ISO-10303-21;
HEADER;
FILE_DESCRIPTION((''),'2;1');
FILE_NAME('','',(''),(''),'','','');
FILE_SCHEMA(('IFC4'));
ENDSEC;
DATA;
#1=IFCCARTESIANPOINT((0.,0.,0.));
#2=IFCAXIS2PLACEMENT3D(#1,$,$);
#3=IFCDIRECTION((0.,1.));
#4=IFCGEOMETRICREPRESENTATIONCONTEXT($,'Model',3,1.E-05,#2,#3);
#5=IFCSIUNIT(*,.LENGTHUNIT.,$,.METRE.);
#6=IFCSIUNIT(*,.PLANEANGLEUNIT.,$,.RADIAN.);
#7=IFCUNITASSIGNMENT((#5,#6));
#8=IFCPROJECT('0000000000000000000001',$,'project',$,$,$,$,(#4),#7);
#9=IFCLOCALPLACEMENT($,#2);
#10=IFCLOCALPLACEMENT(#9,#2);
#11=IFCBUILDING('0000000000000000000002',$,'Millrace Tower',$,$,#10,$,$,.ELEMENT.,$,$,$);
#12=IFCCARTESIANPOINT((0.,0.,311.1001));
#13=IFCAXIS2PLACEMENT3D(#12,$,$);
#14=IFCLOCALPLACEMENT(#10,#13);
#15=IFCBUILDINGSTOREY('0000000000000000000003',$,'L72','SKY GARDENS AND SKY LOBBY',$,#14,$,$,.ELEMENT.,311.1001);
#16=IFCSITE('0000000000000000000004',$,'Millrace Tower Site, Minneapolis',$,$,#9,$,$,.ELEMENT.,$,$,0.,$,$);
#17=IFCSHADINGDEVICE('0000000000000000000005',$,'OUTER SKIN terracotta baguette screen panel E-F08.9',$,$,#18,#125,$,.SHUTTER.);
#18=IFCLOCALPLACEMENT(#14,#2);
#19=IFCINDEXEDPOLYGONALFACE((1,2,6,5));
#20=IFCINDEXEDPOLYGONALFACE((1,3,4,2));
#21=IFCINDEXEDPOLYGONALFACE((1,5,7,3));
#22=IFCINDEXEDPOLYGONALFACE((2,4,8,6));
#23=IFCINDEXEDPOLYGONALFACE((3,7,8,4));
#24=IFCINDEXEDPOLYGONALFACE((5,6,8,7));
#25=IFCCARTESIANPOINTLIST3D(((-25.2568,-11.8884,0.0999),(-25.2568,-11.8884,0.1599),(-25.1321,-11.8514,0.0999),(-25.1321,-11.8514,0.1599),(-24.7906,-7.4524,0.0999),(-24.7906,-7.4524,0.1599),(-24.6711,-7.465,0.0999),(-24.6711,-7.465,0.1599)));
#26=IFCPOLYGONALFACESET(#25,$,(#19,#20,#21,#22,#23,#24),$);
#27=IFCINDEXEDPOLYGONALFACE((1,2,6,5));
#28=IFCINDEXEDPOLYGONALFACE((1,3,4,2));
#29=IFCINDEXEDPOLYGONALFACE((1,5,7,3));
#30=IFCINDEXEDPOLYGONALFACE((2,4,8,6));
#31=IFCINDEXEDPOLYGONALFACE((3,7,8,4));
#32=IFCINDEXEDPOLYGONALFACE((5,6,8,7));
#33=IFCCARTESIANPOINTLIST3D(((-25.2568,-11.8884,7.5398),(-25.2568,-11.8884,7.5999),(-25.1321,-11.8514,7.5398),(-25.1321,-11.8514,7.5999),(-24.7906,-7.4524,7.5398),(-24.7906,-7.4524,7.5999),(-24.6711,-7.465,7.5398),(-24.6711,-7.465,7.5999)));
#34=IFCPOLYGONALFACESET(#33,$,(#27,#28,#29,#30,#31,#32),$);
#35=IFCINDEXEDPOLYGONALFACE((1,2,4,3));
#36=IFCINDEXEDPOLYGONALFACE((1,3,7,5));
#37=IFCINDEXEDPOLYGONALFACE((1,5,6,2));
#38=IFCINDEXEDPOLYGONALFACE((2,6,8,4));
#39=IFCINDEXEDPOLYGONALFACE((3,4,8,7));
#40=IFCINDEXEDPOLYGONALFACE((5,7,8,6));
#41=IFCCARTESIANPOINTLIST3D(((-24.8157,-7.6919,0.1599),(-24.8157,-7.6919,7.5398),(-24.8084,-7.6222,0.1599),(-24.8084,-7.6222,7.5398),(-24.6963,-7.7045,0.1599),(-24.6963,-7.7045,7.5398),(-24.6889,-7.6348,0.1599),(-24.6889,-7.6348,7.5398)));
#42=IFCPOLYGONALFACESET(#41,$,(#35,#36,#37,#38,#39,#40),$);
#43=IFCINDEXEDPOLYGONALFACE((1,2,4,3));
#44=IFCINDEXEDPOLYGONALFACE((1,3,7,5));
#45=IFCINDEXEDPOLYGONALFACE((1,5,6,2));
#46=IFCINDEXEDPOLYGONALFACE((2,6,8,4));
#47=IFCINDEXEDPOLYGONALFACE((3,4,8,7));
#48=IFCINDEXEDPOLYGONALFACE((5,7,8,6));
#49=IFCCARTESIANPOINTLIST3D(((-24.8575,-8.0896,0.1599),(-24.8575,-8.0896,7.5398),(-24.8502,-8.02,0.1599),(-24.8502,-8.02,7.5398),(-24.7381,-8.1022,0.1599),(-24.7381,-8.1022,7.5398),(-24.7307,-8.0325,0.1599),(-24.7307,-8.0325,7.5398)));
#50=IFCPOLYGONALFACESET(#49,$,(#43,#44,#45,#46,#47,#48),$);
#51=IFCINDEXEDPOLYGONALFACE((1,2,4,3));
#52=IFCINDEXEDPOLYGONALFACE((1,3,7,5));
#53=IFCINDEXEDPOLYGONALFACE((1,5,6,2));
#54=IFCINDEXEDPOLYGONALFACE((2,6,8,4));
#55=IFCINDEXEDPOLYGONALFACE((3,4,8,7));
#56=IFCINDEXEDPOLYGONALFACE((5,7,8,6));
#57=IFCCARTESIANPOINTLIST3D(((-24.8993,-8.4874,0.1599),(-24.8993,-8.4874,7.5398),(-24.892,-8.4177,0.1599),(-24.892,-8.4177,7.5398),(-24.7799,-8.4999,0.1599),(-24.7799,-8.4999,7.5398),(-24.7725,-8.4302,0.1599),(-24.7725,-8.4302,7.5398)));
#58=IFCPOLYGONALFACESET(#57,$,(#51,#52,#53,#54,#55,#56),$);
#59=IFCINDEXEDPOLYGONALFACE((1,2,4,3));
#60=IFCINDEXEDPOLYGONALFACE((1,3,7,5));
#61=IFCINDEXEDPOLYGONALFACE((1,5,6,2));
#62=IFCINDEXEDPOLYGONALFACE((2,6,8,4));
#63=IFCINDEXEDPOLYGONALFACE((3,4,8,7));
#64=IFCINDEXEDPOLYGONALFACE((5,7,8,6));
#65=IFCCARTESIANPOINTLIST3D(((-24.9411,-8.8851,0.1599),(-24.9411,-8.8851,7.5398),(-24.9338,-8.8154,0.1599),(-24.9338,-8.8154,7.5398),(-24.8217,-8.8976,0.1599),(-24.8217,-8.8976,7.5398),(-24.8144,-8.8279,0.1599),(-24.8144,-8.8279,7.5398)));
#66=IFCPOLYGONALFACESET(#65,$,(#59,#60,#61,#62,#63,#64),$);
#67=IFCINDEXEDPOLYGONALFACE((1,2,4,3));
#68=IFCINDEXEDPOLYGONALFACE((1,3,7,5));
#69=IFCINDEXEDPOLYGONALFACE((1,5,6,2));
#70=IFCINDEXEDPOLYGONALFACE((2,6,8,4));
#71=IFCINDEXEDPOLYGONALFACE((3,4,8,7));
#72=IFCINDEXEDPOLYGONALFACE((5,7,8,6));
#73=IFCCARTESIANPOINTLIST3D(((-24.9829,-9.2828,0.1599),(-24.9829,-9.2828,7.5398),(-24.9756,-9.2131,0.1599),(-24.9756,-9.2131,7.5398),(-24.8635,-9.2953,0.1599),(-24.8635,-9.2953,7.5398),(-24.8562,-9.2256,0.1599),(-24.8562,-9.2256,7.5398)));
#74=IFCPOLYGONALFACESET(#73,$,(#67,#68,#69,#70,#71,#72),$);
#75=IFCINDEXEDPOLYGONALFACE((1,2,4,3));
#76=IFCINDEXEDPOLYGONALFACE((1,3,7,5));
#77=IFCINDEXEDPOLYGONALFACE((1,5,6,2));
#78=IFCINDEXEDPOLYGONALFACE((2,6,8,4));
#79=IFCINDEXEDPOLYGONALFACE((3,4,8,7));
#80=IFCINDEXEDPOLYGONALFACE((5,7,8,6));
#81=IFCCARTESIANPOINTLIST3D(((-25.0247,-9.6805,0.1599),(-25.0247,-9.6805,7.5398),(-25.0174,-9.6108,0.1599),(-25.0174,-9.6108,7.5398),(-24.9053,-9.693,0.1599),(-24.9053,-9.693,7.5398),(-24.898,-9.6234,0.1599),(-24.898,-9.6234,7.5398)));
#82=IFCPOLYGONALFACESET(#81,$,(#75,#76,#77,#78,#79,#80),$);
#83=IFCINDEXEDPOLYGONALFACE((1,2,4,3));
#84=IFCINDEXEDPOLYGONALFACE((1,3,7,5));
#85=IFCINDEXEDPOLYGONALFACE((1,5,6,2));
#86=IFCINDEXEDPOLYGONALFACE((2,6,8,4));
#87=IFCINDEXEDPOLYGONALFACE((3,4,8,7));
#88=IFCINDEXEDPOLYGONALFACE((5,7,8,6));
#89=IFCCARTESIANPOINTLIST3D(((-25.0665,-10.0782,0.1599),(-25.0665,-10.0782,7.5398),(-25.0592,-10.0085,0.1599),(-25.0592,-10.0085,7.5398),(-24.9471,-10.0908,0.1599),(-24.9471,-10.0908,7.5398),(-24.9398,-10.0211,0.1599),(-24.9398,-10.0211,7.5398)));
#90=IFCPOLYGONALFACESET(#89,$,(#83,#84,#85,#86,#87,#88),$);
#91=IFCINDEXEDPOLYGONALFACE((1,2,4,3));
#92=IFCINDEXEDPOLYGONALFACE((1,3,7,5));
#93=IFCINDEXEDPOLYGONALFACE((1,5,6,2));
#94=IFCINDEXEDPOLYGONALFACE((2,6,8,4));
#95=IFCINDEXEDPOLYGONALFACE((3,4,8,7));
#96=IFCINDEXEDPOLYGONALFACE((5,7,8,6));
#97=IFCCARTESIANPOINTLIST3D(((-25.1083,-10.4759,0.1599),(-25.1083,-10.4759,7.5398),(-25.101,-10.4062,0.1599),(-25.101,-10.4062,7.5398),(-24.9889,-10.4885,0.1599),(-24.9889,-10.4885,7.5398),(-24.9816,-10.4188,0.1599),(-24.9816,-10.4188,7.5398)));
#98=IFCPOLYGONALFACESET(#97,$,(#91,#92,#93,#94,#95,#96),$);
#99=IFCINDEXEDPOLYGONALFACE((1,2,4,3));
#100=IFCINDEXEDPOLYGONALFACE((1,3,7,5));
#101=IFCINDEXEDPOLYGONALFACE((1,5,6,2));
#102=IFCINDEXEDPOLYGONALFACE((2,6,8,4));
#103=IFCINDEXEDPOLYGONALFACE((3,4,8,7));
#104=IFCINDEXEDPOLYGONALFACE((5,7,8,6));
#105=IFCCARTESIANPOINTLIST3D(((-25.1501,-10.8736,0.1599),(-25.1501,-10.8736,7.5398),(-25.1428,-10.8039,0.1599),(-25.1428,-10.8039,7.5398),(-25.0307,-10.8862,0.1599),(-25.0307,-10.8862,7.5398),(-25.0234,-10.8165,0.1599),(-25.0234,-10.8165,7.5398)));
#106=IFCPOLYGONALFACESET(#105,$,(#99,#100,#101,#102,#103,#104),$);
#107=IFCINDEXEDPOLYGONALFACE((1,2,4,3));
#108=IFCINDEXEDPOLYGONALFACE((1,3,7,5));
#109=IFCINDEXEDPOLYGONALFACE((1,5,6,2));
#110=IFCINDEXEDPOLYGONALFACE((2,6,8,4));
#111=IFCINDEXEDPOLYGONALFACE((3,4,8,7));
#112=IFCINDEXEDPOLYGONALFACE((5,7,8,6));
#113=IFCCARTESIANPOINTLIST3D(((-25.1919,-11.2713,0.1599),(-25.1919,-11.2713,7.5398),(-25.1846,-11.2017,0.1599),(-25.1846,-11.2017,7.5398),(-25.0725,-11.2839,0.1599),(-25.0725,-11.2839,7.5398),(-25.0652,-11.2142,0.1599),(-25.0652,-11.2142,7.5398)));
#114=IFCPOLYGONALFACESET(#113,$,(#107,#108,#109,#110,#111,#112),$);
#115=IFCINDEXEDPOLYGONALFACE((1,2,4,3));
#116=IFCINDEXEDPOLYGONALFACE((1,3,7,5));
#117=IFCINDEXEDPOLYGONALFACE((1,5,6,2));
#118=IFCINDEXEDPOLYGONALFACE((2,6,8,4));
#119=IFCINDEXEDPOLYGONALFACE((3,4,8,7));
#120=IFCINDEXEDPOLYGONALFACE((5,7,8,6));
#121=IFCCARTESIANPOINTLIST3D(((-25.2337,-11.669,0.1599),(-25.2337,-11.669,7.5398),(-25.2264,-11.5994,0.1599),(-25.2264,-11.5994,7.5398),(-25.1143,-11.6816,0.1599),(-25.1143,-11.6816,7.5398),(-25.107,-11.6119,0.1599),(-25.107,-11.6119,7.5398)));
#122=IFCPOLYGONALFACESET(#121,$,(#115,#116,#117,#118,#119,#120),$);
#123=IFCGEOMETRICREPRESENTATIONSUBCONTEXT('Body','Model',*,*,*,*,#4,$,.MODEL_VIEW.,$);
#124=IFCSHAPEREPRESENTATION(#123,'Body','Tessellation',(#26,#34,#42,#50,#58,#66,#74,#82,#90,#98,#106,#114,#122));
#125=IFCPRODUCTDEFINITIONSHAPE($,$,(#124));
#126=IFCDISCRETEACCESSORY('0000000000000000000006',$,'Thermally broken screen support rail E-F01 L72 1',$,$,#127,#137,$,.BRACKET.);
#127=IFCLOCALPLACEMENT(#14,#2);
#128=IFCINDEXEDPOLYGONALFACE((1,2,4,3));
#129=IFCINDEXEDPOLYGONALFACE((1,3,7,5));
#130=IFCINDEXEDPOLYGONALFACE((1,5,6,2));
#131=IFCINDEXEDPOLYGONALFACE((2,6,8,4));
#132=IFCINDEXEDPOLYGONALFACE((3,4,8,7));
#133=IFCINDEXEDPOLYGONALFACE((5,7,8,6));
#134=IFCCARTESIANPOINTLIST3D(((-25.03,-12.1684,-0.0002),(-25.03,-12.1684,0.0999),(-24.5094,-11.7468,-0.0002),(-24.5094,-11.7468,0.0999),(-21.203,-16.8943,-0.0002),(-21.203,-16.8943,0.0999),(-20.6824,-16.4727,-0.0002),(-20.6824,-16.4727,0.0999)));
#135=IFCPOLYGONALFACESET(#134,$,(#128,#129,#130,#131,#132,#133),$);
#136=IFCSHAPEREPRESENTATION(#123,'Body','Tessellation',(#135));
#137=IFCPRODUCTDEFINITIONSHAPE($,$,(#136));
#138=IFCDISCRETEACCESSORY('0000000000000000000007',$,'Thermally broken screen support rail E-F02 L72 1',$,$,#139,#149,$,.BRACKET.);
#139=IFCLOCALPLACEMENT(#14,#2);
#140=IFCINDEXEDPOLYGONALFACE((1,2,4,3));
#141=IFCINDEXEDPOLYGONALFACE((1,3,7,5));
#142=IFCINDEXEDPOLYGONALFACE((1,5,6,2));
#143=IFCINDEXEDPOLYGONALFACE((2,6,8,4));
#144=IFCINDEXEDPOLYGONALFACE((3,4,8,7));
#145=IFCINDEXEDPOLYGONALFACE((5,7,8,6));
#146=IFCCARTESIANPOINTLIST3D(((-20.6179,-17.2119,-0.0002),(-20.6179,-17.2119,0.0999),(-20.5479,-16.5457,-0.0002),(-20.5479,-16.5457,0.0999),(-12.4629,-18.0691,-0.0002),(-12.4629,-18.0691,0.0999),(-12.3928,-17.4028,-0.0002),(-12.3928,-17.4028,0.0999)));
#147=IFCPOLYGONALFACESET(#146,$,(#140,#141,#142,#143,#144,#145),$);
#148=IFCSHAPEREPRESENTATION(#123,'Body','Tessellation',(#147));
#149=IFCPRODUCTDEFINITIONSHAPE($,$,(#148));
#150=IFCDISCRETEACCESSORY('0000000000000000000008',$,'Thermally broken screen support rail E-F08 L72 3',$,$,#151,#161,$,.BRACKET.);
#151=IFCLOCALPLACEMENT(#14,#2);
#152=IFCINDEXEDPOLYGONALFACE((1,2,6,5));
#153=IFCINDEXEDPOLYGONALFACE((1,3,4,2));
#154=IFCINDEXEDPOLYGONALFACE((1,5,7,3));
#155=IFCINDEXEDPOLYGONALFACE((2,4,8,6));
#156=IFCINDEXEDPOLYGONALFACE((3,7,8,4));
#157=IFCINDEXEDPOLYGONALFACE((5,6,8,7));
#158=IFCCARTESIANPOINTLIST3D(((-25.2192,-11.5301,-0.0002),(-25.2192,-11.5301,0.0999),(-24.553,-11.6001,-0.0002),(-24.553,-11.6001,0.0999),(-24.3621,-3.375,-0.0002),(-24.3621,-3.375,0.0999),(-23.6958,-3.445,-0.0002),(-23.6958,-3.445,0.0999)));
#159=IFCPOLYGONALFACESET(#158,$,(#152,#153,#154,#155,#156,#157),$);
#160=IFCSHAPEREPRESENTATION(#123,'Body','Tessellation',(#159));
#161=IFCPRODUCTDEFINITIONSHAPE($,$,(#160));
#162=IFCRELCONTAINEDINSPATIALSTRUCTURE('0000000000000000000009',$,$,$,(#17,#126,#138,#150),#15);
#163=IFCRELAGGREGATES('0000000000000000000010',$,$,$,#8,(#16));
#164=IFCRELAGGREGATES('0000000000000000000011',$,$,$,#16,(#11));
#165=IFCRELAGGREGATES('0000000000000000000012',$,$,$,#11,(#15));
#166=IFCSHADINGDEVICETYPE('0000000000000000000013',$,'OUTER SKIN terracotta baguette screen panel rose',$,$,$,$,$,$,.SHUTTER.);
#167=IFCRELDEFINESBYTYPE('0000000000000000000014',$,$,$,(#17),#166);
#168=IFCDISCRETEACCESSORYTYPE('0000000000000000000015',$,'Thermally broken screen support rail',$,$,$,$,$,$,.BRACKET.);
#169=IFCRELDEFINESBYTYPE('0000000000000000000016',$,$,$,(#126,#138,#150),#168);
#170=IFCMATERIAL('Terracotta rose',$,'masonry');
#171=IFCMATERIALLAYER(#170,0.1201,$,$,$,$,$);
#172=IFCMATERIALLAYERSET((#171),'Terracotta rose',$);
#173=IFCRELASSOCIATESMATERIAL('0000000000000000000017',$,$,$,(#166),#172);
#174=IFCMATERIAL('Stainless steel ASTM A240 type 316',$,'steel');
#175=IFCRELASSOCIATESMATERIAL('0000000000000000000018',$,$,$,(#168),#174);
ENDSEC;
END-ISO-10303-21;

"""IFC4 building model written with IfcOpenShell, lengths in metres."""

from ifc_helpers import new_model, entity, si_unit, direction, frame, frame_2d, origin, origin_2d, place, context, subcontext, project, spatial, rectangle, extrude, source, transform, mapped, material, layer, layer_set, type_object, element, save


model = new_model("IFC4")

# Units and contexts
model_context = context("Model", 3, precision=1e-05, world=origin(), true_north=direction((0.0, 1.0)))
body_context = subcontext(model_context, "Body", "Model", "MODEL_VIEW")
ifc_project = project(units=[si_unit("LENGTHUNIT", "METRE"), si_unit("PLANEANGLEUNIT", "RADIAN")], contexts=[model_context])

# Site, building, storey
site_placement = place(None, origin())
site = spatial("IfcSite", under=ifc_project, at=site_placement, Name="Millrace Tower Site, Minneapolis", CompositionType="ELEMENT", RefElevation=0.0)
building_placement = place(site_placement, origin())
building = spatial("IfcBuilding", under=site, at=building_placement, Name="Millrace Tower", CompositionType="ELEMENT")
storey_placement = place(building_placement, frame((0.0, 0.0, 311.1001)))
storey = spatial("IfcBuildingStorey", under=building, at=storey_placement, Name="L72", Description="SKY GARDENS AND SKY LOBBY", CompositionType="ELEMENT", Elevation=311.1001)

# Shading device
ifc_material_1 = material(Name="Terracotta rose", Category="masonry")
ifc_layer_1 = layer(ifc_material_1, 0.1201)
ifc_layer_set_1 = layer_set([ifc_layer_1], Name="Terracotta rose")
shading_device_type = type_object("IfcShadingDeviceType", Name="OUTER SKIN terracotta baguette screen panel rose", PredefinedType="SHUTTER", material=ifc_layer_set_1)
cartesian_point_1 = entity("IfcCartesianPoint", [-2.2178, 0.0601])
shared_polyline_1 = entity("IfcPolyline", [cartesian_point_1, entity("IfcCartesianPoint", [2.1929, 0.0601]), entity("IfcCartesianPoint", [2.2427, -0.0601]), entity("IfcCartesianPoint", [-2.2178, -0.0601]), cartesian_point_1])
shared_shape_1 = source(origin(), body_context, "Body", "SweptSolid", [
    entity("IfcExtrudedAreaSolid", entity("IfcArbitraryClosedProfileDef", "AREA", None, shared_polyline_1), entity("IfcAxis2Placement3D", entity("IfcCartesianPoint", [0.0, 0.0, 0.0])), entity("IfcDirection", [0.0, 0.0, 1.0]), 0.0601),
    entity("IfcExtrudedAreaSolid", entity("IfcArbitraryClosedProfileDef", "AREA", None, shared_polyline_1), entity("IfcAxis2Placement3D", entity("IfcCartesianPoint", [0.0, 0.0, 7.4399])), entity("IfcDirection", [0.0, 0.0, 1.0]), 0.0601),
    extrude(rectangle(XDim=0.0701, YDim=0.1201, at=frame_2d((-2.012, 0.0))), frame((0.0, 0.0, 0.0601)), (0.0, 0.0, 1.0), 7.3799),
    extrude(rectangle(XDim=0.0701, YDim=0.1201, at=frame_2d((-1.6121, 0.0))), frame((0.0, 0.0, 0.0601)), (0.0, 0.0, 1.0), 7.3799),
    extrude(rectangle(XDim=0.0701, YDim=0.1201, at=frame_2d((-1.2122, 0.0))), frame((0.0, 0.0, 0.0601)), (0.0, 0.0, 1.0), 7.3799),
    extrude(rectangle(XDim=0.0701, YDim=0.1201, at=frame_2d((-0.8123, 0.0))), frame((0.0, 0.0, 0.0601)), (0.0, 0.0, 1.0), 7.3799),
    extrude(rectangle(XDim=0.0701, YDim=0.1201, at=frame_2d((-0.4124, 0.0))), frame((0.0, 0.0, 0.0601)), (0.0, 0.0, 1.0), 7.3799),
    extrude(rectangle(XDim=0.0701, YDim=0.1201, at=frame_2d((-0.0125, 0.0))), frame((0.0, 0.0, 0.0601)), (0.0, 0.0, 1.0), 7.3799),
    extrude(rectangle(XDim=0.0701, YDim=0.1201, at=frame_2d((0.3875, 0.0))), frame((0.0, 0.0, 0.0601)), (0.0, 0.0, 1.0), 7.3799),
    extrude(rectangle(XDim=0.0701, YDim=0.1201, at=frame_2d((0.7874, 0.0))), frame((0.0, 0.0, 0.0601)), (0.0, 0.0, 1.0), 7.3799),
    extrude(rectangle(XDim=0.0701, YDim=0.1201, at=frame_2d((1.1873, 0.0))), frame((0.0, 0.0, 0.0601)), (0.0, 0.0, 1.0), 7.3799),
    extrude(rectangle(XDim=0.0701, YDim=0.1201, at=frame_2d((1.5872, 0.0))), frame((0.0, 0.0, 0.0601)), (0.0, 0.0, 1.0), 7.3799),
    extrude(rectangle(XDim=0.0701, YDim=0.1201, at=frame_2d((1.9871, 0.0))), frame((0.0, 0.0, 0.0601)), (0.0, 0.0, 1.0), 7.3799),
])
shading_device_1_placement = place(storey_placement, frame((-24.9626, -9.6643, 0.0999), z_axis=(0.0, 0.0, 1.0), x_axis=(-0.104528, -0.994522, 0.0)))
element("IfcShadingDevice", 1, at=shading_device_1_placement, inside=storey, type_object=shading_device_type, Name="OUTER SKIN terracotta baguette screen panel E-F08.9", PredefinedType="SHUTTER", context=body_context, shape_type="MappedRepresentation", body=[
    mapped(shared_shape_1, transform((0.0, 0.0, 0.0), scale=1.0)),
])

# Discrete accessories
ifc_material_2 = material(Name="Stainless steel ASTM A240 type 316", Category="steel")
discrete_accessory_type = type_object("IfcDiscreteAccessoryType", Name="Thermally broken screen support rail", PredefinedType="BRACKET", material=ifc_material_2)
discrete_accessory_placement = place(storey_placement, frame((-22.8562, -14.3206, -0.0002), z_axis=(0.0, 0.0, 1.0), x_axis=(0.62932, -0.777146, 0.0)))
element("IfcDiscreteAccessory", 2, at=discrete_accessory_placement, inside=storey, type_object=discrete_accessory_type, Name="Thermally broken screen support rail E-F01 L72 1", PredefinedType="BRACKET", context=body_context, shape_type="SweptSolid", body=[
    extrude(rectangle(XDim=6.0811, YDim=0.6699, at=origin_2d()), origin(), (0.0, 0.0, 1.0), 0.1001),
])
for number, where, z_axis, x_axis, name in (
    (3, (-16.5054, -17.3074, -0.0002), (0.0, 0.0, 1.0), (0.994522, -0.104528, 0.0), "Thermally broken screen support rail E-F02 L72 1"),
    (4, (-24.4575, -7.4875, -0.0002), (0.0, 0.0, 1.0), (-0.104528, -0.994522, 0.0), "Thermally broken screen support rail E-F08 L72 3"),
):
    element("IfcDiscreteAccessory", number, at=place(storey_placement, frame(where, z_axis=z_axis, x_axis=x_axis)), inside=storey, type_object=discrete_accessory_type, Name=name, PredefinedType="BRACKET", context=body_context, shape_type="SweptSolid", body=[
        extrude(rectangle(XDim=8.2, YDim=0.6699, at=origin_2d()), origin(), (0.0, 0.0, 1.0), 0.1001),
    ])

save(model, "model.ifc")
